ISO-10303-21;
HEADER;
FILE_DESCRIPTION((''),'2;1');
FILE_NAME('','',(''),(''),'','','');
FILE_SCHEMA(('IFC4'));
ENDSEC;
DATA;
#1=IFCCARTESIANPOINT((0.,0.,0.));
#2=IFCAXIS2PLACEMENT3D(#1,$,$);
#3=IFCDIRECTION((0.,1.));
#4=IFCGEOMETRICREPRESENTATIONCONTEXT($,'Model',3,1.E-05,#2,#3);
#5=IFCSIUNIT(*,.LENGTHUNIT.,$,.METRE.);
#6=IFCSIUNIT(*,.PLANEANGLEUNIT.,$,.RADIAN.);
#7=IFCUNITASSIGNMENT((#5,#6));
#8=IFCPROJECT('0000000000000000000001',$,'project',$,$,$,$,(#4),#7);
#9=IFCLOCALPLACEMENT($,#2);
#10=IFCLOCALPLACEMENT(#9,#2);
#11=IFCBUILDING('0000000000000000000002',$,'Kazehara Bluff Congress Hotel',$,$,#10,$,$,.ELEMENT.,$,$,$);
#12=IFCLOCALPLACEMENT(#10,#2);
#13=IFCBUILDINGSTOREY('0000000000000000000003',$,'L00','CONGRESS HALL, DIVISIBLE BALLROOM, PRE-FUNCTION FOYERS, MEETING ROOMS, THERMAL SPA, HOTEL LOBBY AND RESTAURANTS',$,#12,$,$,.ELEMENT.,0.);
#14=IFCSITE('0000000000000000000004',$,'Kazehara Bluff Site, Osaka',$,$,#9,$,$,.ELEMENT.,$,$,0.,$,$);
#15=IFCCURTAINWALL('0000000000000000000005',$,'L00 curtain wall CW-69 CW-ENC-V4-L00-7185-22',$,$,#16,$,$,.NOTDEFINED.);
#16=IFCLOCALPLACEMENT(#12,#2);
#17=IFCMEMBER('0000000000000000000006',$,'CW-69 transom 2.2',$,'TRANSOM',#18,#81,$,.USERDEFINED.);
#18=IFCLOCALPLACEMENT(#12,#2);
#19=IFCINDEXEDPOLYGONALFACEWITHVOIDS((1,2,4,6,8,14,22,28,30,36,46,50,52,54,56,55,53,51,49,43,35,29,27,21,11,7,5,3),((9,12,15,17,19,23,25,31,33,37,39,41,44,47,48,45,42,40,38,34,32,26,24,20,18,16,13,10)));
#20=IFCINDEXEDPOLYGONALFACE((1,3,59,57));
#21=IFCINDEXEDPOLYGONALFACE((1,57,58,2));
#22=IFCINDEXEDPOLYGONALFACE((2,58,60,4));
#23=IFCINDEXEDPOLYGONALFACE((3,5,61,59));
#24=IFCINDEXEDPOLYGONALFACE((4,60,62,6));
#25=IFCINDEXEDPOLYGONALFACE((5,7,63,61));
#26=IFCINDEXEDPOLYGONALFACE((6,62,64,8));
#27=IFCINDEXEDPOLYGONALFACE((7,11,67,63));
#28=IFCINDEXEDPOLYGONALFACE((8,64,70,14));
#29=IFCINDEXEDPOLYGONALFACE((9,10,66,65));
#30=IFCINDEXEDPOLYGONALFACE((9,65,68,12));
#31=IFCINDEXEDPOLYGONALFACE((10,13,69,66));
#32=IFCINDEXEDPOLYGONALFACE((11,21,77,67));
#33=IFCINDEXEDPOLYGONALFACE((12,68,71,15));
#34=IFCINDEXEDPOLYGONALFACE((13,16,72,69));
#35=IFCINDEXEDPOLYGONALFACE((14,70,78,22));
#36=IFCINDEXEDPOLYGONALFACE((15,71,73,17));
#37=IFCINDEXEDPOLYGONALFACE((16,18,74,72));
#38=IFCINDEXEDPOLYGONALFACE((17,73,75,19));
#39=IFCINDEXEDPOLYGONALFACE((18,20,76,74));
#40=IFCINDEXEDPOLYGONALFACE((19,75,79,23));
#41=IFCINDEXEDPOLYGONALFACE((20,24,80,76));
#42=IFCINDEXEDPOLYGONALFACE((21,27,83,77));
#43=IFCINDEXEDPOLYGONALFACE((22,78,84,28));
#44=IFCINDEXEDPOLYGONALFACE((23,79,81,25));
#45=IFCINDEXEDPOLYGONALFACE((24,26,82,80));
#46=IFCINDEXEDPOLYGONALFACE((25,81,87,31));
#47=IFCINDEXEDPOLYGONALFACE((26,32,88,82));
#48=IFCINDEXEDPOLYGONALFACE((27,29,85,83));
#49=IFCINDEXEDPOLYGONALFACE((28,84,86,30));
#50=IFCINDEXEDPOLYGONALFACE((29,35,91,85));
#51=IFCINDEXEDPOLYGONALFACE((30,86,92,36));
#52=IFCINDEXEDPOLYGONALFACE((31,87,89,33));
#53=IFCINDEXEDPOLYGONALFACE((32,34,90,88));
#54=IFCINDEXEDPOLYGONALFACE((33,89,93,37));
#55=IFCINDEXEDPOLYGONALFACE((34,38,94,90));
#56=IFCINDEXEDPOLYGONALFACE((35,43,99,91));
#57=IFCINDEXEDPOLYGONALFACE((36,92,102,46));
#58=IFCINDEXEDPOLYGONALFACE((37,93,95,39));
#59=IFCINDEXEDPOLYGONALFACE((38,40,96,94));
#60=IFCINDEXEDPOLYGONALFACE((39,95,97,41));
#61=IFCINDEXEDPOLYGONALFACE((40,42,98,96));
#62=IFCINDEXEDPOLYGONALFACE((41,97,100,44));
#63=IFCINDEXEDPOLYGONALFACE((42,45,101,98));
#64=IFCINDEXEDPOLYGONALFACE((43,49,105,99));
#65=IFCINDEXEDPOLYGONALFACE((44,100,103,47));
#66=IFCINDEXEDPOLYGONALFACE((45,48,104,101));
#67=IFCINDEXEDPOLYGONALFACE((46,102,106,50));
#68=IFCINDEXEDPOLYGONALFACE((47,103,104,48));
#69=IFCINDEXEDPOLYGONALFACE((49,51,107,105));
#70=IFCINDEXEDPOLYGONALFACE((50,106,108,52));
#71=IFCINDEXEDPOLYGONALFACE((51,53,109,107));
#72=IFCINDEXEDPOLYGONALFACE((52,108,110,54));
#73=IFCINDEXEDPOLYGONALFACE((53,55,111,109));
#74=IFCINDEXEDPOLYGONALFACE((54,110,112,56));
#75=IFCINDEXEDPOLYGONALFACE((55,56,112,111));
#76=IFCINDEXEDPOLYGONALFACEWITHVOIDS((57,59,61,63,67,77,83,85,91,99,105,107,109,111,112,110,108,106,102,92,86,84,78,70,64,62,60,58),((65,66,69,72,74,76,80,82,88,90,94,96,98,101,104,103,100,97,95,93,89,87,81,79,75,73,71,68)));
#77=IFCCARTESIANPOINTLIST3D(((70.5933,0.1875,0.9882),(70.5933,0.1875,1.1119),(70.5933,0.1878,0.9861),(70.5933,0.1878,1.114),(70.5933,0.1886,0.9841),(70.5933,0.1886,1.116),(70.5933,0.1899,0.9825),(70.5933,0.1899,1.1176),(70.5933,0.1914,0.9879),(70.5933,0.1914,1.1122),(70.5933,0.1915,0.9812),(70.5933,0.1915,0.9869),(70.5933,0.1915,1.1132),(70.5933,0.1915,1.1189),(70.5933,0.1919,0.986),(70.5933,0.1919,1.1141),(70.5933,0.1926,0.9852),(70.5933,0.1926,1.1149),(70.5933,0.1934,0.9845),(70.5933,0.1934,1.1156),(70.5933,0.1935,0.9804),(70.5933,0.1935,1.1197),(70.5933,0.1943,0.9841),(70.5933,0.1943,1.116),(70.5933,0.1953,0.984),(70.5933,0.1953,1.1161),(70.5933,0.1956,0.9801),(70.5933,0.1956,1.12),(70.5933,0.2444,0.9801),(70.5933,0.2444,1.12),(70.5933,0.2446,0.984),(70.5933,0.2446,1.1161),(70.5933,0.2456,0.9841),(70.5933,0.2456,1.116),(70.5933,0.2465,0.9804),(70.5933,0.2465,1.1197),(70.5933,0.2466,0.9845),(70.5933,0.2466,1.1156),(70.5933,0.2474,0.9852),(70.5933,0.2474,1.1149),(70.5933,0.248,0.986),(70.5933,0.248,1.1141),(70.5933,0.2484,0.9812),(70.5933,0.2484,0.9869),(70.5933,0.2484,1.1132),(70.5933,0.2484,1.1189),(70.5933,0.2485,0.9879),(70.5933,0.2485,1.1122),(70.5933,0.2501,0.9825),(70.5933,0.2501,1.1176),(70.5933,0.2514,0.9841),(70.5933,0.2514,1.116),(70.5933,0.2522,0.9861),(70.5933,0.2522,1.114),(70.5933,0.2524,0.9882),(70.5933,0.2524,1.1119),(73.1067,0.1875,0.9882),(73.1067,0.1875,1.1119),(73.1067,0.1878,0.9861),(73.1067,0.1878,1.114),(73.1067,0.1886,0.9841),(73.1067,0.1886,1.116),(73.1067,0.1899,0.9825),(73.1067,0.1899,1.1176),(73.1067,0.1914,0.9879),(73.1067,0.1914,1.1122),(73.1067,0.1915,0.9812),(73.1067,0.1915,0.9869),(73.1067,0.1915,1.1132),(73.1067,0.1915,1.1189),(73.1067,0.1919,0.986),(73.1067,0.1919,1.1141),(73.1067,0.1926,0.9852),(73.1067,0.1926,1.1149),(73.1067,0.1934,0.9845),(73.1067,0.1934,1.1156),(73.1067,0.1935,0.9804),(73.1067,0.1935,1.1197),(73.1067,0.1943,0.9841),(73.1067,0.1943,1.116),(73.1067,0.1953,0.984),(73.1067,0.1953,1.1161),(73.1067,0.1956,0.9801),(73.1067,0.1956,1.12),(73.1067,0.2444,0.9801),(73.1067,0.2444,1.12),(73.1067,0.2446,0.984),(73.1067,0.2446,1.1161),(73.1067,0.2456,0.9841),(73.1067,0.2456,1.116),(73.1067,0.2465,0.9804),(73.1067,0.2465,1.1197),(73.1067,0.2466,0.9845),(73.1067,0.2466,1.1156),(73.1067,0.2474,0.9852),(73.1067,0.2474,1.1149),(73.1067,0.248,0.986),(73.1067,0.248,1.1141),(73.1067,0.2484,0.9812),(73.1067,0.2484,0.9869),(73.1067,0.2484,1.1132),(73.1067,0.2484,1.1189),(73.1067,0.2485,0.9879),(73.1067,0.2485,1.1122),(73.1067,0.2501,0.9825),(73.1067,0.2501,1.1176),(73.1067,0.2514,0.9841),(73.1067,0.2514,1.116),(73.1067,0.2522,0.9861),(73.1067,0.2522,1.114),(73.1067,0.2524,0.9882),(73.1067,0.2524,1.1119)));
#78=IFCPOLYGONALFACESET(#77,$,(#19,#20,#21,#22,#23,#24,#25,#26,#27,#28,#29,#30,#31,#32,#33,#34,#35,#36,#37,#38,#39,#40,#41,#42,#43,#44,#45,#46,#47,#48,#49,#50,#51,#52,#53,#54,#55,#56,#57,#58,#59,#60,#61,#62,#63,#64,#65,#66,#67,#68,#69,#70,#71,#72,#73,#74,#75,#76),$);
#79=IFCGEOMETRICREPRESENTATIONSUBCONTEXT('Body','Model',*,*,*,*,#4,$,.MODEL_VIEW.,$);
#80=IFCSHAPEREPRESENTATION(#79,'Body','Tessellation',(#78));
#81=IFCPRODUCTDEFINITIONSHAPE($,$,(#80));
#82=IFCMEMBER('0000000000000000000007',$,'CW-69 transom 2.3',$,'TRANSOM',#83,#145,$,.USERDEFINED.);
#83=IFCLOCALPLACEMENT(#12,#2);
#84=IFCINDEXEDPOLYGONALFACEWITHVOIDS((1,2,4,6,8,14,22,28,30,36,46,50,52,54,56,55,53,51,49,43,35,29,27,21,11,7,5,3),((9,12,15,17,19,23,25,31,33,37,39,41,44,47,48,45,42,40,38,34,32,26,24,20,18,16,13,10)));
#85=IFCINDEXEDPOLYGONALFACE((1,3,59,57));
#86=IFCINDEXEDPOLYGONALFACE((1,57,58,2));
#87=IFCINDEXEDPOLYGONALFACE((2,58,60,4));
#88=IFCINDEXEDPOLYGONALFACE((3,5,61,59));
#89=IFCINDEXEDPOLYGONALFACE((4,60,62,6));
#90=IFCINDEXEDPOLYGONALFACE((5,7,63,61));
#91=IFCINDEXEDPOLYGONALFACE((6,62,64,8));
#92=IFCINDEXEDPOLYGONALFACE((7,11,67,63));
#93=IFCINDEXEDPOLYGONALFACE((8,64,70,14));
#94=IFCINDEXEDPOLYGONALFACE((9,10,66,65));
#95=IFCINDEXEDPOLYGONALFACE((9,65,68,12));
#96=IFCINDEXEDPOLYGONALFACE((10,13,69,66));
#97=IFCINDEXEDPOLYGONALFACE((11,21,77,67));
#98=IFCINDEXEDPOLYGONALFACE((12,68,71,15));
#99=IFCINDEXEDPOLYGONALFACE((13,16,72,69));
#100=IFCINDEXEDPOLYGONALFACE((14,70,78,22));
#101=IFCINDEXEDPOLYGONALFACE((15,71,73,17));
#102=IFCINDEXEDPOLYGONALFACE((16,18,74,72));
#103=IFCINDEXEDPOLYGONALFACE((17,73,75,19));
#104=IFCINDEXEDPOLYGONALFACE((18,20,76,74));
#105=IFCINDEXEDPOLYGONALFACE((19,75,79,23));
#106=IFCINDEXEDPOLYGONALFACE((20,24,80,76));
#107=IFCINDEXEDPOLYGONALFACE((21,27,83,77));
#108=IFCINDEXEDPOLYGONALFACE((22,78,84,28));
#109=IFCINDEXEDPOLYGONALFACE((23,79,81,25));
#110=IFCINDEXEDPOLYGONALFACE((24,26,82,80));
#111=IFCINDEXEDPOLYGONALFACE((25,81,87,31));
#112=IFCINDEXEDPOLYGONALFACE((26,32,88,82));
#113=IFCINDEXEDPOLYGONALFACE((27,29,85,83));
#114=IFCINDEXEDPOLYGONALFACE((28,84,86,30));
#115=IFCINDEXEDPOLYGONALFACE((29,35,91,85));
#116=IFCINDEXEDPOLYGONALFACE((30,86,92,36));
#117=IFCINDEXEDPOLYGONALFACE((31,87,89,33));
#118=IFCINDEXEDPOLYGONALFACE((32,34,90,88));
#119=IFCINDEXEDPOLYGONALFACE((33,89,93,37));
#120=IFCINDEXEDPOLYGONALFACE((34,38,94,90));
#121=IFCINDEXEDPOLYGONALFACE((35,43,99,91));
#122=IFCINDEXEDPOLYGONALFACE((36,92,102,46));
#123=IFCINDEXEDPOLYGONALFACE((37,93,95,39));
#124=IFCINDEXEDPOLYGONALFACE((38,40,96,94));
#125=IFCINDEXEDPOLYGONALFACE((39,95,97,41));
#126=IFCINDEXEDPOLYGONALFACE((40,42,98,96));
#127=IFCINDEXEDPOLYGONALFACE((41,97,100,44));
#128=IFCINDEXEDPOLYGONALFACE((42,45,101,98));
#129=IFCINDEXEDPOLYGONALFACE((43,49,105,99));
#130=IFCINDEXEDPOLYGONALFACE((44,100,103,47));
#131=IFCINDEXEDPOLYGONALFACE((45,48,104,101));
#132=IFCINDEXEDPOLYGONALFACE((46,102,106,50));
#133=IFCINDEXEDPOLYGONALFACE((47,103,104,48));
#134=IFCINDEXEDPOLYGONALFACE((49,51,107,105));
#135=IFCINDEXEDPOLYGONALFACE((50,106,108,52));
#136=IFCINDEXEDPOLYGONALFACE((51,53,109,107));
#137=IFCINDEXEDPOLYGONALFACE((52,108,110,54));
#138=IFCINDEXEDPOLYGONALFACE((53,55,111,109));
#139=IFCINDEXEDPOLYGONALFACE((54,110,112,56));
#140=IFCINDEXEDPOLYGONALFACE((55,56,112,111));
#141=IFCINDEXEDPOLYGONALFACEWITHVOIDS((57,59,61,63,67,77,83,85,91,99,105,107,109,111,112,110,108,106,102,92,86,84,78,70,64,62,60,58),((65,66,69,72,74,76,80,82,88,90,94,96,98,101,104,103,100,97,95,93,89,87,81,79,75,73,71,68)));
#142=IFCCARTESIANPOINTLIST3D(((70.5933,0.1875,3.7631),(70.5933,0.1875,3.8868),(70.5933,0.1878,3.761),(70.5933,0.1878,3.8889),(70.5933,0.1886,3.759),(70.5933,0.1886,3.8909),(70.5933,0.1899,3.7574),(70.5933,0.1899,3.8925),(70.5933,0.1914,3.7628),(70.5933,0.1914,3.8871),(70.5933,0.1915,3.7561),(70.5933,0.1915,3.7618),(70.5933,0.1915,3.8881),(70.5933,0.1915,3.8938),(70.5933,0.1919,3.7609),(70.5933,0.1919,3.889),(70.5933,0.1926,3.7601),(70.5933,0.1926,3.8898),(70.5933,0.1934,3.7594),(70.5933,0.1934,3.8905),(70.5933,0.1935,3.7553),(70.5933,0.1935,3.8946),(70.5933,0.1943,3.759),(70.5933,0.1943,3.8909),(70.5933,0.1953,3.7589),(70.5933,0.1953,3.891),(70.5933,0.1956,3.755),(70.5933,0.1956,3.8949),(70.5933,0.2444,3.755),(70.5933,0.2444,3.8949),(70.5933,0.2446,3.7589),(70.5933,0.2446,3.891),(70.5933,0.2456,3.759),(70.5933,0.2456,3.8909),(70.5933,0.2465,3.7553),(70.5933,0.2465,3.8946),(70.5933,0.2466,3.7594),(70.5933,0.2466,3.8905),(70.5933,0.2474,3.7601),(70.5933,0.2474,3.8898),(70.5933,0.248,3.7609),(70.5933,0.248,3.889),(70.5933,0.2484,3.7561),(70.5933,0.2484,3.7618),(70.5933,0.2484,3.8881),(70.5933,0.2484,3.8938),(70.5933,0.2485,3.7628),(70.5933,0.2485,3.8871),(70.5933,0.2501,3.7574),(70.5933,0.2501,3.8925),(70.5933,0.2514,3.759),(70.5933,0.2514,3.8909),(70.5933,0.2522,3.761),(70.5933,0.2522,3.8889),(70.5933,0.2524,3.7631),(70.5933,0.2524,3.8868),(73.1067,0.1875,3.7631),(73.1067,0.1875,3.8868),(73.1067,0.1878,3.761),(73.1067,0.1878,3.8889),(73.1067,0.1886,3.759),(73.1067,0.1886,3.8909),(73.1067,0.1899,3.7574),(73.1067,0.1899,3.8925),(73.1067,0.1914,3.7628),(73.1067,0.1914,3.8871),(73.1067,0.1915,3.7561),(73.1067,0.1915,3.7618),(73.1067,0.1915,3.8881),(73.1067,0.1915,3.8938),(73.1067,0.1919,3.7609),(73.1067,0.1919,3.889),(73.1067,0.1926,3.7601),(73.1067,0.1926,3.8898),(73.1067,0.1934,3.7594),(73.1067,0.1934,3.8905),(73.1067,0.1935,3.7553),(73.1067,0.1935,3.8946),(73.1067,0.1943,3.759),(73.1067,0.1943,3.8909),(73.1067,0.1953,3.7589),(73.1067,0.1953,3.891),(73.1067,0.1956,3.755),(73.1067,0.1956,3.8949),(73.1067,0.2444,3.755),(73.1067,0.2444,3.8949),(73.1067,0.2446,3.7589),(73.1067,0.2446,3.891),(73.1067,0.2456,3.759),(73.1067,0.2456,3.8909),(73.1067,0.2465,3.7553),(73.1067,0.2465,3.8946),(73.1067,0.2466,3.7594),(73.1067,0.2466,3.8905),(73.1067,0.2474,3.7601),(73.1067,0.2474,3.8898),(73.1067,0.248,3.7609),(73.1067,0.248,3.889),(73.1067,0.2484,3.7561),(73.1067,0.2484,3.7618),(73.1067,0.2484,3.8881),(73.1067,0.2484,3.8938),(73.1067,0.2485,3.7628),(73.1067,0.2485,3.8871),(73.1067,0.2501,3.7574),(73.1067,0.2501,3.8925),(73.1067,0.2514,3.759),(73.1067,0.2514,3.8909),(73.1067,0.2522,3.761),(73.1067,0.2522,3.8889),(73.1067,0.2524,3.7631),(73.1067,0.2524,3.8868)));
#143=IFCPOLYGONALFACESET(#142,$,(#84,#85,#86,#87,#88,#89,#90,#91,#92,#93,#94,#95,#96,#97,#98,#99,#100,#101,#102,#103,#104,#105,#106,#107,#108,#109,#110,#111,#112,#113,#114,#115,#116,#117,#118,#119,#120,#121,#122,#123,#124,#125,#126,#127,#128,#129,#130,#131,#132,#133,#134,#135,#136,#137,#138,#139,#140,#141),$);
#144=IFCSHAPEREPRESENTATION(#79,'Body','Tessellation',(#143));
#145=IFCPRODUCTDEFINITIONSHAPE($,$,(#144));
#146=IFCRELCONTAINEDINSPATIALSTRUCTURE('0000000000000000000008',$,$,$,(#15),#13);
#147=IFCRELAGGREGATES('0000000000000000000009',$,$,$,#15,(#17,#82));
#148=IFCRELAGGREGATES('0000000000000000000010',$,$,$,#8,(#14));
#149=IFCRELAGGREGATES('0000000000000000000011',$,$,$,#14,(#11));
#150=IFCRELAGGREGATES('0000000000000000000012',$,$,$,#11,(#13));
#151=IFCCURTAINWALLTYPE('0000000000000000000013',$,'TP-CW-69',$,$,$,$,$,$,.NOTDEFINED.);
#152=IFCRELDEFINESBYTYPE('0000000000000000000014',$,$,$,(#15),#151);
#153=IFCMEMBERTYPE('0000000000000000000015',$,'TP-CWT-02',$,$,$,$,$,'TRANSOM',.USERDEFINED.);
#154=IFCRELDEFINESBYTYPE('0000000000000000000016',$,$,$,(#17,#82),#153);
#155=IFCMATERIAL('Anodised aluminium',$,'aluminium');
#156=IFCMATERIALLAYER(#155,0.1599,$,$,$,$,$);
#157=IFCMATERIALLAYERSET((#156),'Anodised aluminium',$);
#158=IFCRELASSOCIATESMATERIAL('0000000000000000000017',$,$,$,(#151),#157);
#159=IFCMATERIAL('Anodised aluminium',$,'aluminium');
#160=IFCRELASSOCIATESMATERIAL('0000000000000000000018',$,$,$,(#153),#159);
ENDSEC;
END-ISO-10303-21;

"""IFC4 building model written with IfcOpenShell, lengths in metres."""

from ifc_helpers import new_model, si_unit, direction, frame, origin, origin_2d, place, context, subcontext, project, spatial, hollow_rectangle, extrude, material, layer, layer_set, material_profile, profile_set, type_object, element, aggregate, save


model = new_model("IFC4")

# Units and contexts
model_context = context("Model", 3, precision=1e-05, world=origin(), true_north=direction((0.0, 1.0)))
body_context = subcontext(model_context, "Body", "Model", "MODEL_VIEW")
ifc_project = project(units=[si_unit("LENGTHUNIT", "METRE"), si_unit("PLANEANGLEUNIT", "RADIAN")], contexts=[model_context])

# Site, building, storey
site_placement = place(None, origin())
site = spatial("IfcSite", under=ifc_project, at=site_placement, Name="Kazehara Bluff Site, Osaka", CompositionType="ELEMENT", RefElevation=0.0)
building_placement = place(site_placement, origin())
building = spatial("IfcBuilding", under=site, at=building_placement, Name="Kazehara Bluff Congress Hotel", CompositionType="ELEMENT")
storey_placement = place(building_placement, origin())
storey = spatial("IfcBuildingStorey", under=building, at=storey_placement, Name="L00", Description="CONGRESS HALL, DIVISIBLE BALLROOM, PRE-FUNCTION FOYERS, MEETING ROOMS, THERMAL SPA, HOTEL LOBBY AND RESTAURANTS", CompositionType="ELEMENT", Elevation=0.0)

# Curtain wall, members
ifc_material_1 = material(Name="Anodised aluminium", Category="aluminium")
ifc_layer_1 = layer(ifc_material_1, 0.1599)
ifc_layer_set_1 = layer_set([ifc_layer_1], Name="Anodised aluminium")
curtain_wall_type = type_object("IfcCurtainWallType", Name="TP-CW-69", PredefinedType="NOTDEFINED", material=ifc_layer_set_1)
curtain_wall_placement = place(storey_placement, origin())
curtain_wall = element("IfcCurtainWall", 1, at=curtain_wall_placement, inside=storey, type_object=curtain_wall_type, Name="L00 curtain wall CW-69 CW-ENC-V4-L00-7185-22", PredefinedType="NOTDEFINED")
ifc_material_2 = material(Name="Anodised aluminium", Category="aluminium")
ifc_material_profile_1 = material_profile(ifc_material_2, hollow_rectangle(XDim=0.0649, YDim=0.1399, WallThickness=0.0039, InnerFilletRadius=0.0039, OuterFilletRadius=0.0081, at=origin_2d()))
ifc_profile_set_1 = profile_set([ifc_material_profile_1], Name="Anodised aluminium")
member_type_1 = type_object("IfcMemberType", Name="TP-CWT-02", ElementType="TRANSOM", PredefinedType="USERDEFINED", material=ifc_profile_set_1)
member_1_placement = place(storey_placement, frame((73.1067, 0.22, 1.05), z_axis=(-1.0, 0.0, 0.0), x_axis=(0.0, -1.0, 0.0)))
member_1 = element("IfcMember", 2, at=member_1_placement, type_object=member_type_1, Name="CW-69 transom 2.2", ObjectType="TRANSOM", PredefinedType="USERDEFINED", context=body_context, shape_type="SweptSolid", body=[
    extrude(hollow_rectangle(XDim=0.0649, YDim=0.1399, WallThickness=0.0039, InnerFilletRadius=0.0039, OuterFilletRadius=0.0081, at=origin_2d()), origin(), (0.0, 0.0, 1.0), 2.5134),
])
member_2_placement = place(storey_placement, frame((73.1067, 0.22, 3.825), z_axis=(-1.0, 0.0, 0.0), x_axis=(0.0, -1.0, 0.0)))
member_2 = element("IfcMember", 3, at=member_2_placement, type_object=member_type_1, Name="CW-69 transom 2.3", ObjectType="TRANSOM", PredefinedType="USERDEFINED", context=body_context, shape_type="SweptSolid", body=[
    extrude(hollow_rectangle(XDim=0.0649, YDim=0.1399, WallThickness=0.0039, InnerFilletRadius=0.0039, OuterFilletRadius=0.0081, at=origin_2d()), origin(), (0.0, 0.0, 1.0), 2.5134),
])

aggregate(curtain_wall, [member_1, member_2])

save(model, "model.ifc")
